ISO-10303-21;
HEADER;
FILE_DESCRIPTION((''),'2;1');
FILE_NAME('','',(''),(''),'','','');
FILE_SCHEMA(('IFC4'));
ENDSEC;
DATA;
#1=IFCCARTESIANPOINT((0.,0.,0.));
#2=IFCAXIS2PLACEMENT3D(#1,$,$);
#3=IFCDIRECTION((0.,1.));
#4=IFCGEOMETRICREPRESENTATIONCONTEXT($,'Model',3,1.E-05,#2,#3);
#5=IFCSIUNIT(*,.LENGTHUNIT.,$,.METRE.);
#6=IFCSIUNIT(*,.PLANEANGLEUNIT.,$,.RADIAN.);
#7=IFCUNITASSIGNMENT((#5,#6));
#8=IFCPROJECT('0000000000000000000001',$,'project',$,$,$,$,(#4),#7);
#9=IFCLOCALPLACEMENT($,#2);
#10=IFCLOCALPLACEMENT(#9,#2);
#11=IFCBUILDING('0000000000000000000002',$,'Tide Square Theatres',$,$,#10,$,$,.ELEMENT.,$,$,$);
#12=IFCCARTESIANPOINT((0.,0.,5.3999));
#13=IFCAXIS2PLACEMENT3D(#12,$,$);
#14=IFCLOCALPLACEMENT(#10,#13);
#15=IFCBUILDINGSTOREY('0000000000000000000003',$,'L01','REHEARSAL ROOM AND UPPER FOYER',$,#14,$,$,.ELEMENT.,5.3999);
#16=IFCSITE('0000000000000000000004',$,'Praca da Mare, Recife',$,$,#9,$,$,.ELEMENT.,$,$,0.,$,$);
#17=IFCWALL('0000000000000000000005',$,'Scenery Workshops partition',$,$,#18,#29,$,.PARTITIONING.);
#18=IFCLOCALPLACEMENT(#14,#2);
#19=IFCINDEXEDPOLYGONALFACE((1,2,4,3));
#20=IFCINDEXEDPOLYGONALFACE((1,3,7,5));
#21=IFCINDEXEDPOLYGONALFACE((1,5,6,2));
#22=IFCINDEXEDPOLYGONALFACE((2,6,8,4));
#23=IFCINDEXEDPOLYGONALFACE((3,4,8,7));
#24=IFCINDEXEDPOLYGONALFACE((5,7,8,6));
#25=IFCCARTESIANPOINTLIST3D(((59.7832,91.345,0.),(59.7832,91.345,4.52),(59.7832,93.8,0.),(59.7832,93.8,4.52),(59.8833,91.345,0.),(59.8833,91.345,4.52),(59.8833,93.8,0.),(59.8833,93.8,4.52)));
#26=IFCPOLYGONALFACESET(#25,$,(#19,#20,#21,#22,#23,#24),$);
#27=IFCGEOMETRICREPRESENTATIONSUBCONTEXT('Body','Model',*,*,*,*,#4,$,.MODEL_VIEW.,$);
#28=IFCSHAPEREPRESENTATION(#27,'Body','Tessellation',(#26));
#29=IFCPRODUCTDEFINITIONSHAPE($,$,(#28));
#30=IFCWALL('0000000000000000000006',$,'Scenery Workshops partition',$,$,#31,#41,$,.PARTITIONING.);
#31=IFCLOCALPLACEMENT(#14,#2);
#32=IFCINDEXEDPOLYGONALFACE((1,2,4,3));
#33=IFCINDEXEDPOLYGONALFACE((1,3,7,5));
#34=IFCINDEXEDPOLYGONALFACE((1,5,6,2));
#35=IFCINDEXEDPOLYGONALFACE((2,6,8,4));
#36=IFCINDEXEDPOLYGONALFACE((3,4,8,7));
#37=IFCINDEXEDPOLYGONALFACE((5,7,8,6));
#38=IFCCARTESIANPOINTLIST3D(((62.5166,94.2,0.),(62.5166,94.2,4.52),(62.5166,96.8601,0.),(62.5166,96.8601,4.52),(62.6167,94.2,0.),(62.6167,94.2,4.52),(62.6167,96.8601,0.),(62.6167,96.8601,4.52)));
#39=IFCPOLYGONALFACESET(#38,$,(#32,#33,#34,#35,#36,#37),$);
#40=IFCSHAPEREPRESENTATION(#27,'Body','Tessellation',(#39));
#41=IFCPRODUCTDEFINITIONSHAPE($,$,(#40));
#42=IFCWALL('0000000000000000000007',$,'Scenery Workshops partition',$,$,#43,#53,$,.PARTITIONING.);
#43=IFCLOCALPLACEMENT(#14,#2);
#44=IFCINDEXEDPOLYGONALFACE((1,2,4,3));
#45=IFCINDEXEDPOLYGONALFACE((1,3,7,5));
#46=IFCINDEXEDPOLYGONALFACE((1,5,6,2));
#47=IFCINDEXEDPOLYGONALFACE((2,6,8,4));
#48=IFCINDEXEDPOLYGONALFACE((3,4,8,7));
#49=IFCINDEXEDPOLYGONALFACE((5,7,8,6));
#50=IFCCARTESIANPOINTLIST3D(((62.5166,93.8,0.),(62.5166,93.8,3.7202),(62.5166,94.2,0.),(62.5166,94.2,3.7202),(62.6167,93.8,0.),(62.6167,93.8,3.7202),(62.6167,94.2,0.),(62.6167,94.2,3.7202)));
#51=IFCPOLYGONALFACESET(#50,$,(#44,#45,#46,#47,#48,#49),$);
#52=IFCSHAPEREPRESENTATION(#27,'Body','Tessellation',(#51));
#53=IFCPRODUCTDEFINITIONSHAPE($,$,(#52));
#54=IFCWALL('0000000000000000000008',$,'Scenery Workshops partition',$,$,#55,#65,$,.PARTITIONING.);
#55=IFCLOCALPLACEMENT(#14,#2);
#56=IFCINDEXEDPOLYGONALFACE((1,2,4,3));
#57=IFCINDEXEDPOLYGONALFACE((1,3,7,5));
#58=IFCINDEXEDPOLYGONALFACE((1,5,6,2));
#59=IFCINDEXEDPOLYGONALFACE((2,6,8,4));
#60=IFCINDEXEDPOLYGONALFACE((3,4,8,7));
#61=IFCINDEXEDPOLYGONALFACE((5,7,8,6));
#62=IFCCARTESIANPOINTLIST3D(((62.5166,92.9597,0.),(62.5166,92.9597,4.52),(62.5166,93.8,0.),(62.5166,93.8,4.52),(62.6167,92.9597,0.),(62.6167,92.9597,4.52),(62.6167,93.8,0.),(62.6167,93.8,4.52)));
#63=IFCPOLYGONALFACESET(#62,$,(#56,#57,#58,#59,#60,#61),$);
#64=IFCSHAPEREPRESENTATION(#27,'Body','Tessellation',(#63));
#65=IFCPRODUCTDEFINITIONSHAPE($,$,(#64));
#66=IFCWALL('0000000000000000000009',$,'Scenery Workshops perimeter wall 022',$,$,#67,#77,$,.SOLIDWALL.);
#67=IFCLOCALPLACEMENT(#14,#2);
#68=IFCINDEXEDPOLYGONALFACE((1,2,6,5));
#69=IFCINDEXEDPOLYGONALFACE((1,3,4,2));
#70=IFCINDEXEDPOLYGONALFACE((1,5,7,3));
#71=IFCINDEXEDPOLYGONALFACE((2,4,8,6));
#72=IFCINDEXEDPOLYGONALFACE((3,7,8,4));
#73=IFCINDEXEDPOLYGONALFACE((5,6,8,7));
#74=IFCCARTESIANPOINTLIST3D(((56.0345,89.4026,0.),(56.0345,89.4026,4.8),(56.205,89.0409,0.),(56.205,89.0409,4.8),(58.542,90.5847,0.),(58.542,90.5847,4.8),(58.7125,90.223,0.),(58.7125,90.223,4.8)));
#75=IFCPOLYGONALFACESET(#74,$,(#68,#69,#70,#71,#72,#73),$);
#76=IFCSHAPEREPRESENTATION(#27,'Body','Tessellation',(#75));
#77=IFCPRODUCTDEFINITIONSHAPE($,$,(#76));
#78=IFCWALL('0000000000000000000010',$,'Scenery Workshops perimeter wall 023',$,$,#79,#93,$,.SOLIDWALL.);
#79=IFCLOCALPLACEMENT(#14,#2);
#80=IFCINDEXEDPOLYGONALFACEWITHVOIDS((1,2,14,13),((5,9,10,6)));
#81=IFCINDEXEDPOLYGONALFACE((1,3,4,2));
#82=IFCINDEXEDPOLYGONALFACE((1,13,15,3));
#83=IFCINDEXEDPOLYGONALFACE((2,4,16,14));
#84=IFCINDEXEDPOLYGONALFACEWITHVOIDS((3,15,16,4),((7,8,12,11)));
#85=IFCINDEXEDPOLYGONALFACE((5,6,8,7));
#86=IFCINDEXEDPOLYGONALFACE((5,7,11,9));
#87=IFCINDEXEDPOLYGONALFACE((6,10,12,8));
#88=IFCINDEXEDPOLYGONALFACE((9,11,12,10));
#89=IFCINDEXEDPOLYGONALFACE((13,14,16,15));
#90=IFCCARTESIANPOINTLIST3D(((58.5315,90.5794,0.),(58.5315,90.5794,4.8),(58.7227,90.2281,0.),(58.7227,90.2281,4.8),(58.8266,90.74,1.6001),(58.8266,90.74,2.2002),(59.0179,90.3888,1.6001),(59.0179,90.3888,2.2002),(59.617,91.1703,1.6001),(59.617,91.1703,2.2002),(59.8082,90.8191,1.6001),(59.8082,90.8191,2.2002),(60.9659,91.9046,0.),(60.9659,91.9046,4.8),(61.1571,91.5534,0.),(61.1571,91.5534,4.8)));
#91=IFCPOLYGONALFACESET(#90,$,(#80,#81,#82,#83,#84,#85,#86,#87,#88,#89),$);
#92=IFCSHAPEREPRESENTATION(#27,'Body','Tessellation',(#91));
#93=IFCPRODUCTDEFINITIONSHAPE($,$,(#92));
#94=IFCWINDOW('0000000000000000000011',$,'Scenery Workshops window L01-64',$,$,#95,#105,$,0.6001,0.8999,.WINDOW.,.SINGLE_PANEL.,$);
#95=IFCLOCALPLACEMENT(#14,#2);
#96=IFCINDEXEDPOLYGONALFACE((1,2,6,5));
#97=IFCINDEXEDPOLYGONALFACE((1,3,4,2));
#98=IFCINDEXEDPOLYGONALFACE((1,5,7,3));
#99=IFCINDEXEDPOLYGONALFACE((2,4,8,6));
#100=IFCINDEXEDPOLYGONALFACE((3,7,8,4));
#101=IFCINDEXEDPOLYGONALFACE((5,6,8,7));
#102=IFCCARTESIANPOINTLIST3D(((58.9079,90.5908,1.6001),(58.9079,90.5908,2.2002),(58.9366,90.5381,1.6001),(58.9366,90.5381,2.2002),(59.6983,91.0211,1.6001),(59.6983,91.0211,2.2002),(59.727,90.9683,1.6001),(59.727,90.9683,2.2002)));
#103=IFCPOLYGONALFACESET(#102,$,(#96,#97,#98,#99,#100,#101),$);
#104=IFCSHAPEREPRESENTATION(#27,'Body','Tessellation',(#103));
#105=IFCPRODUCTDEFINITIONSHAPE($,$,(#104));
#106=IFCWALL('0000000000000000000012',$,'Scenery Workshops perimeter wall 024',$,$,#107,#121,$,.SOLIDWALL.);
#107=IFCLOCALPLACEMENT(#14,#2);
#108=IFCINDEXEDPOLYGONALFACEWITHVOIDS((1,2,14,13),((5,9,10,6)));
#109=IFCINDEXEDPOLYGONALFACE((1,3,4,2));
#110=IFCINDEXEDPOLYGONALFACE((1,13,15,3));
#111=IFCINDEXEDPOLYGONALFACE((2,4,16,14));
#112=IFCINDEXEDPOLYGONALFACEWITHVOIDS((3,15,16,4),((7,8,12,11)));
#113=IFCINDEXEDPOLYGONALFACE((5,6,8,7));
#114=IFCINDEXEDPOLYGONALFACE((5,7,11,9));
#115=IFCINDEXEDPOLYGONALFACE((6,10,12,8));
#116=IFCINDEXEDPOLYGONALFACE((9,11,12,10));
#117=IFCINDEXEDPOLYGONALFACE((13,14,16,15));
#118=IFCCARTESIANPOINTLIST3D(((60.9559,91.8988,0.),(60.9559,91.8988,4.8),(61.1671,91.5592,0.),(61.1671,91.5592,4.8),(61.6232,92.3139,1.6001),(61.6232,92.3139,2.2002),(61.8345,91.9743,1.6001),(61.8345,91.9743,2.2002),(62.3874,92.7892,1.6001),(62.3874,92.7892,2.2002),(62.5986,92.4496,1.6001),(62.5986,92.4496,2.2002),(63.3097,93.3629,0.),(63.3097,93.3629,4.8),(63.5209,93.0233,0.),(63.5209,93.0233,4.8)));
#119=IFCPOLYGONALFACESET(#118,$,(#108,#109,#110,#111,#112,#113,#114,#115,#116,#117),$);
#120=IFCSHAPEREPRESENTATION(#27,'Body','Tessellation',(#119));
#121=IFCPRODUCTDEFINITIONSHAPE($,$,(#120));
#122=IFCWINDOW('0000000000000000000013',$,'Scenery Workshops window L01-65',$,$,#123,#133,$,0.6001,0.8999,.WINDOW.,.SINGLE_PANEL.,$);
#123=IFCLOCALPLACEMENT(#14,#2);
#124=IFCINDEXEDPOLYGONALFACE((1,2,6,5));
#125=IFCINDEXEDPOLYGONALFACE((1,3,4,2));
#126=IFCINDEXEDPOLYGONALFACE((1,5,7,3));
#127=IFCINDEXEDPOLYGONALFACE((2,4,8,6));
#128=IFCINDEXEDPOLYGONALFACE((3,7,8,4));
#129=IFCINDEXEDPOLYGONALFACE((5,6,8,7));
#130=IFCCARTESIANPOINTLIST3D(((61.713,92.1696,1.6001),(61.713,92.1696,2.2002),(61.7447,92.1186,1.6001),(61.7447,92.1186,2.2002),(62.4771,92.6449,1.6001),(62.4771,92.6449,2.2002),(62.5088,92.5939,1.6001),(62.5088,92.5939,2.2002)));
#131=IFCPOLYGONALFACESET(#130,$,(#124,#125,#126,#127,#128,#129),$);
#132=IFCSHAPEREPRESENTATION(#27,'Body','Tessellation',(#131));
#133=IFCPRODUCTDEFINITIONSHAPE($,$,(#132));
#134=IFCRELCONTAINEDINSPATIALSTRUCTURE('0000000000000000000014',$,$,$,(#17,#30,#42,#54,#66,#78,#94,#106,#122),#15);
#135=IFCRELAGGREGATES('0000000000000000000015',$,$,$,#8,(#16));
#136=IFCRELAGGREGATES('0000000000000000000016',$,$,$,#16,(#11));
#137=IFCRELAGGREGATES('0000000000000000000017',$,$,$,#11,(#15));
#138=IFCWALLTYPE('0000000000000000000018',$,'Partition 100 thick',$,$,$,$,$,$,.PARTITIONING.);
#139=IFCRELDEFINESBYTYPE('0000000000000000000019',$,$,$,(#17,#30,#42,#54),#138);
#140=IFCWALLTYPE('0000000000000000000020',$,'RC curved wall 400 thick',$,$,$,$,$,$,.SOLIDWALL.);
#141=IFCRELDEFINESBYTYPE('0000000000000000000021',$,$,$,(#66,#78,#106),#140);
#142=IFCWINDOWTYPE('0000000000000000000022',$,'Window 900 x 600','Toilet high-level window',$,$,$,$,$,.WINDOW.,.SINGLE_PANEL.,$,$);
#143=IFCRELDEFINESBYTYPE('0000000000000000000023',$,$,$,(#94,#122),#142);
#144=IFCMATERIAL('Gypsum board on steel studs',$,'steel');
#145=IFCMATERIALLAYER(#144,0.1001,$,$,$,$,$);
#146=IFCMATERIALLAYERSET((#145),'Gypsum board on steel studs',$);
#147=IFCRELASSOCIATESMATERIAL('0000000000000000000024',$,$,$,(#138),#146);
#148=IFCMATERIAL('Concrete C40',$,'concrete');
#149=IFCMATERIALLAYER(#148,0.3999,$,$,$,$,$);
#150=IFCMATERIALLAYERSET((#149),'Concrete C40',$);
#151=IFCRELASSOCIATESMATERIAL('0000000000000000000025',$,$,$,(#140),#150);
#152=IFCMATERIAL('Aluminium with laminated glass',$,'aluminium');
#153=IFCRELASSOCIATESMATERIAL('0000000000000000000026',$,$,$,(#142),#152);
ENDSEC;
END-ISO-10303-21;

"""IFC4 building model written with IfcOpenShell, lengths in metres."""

from ifc_helpers import new_model, si_unit, direction, frame, frame_2d, origin, place, context, subcontext, project, spatial, rectangle, extrude, material, layer, layer_set, type_object, element, fill, save


model = new_model("IFC4")

# Units and contexts
model_context = context("Model", 3, precision=1e-05, world=origin(), true_north=direction((0.0, 1.0)))
body_context = subcontext(model_context, "Body", "Model", "MODEL_VIEW")
ifc_project = project(units=[si_unit("LENGTHUNIT", "METRE"), si_unit("PLANEANGLEUNIT", "RADIAN")], contexts=[model_context])

# Site, building, storey
site_placement = place(None, origin())
site = spatial("IfcSite", under=ifc_project, at=site_placement, Name="Praca da Mare, Recife", CompositionType="ELEMENT", RefElevation=0.0)
building_placement = place(site_placement, origin())
building = spatial("IfcBuilding", under=site, at=building_placement, Name="Tide Square Theatres", CompositionType="ELEMENT")
storey_placement = place(building_placement, frame((0.0, 0.0, 5.3999)))
storey = spatial("IfcBuildingStorey", under=building, at=storey_placement, Name="L01", Description="REHEARSAL ROOM AND UPPER FOYER", CompositionType="ELEMENT", Elevation=5.3999)

# Shared definitions
ifc_material_1 = material(Name="Gypsum board on steel studs", Category="steel")
ifc_layer_1 = layer(ifc_material_1, 0.1001)
ifc_layer_set_1 = layer_set([ifc_layer_1], Name="Gypsum board on steel studs")
wall_type_1 = type_object("IfcWallType", Name="Partition 100 thick", PredefinedType="PARTITIONING", material=ifc_layer_set_1)

# Walls
wall_1_placement = place(storey_placement, frame((59.8333, 93.8, 0.0), z_axis=(0.0, 0.0, 1.0), x_axis=(0.0, -1.0, 0.0)))
element("IfcWall", 1, at=wall_1_placement, inside=storey, type_object=wall_type_1, Name="Scenery Workshops partition", PredefinedType="PARTITIONING", context=body_context, shape_type="SweptSolid", body=[
    extrude(rectangle(XDim=2.4551, YDim=0.1001, at=frame_2d((1.2275, 0.0))), origin(), (0.0, 0.0, 1.0), 4.52),
])
wall_2_placement = place(storey_placement, frame((62.5667, 96.8601, 0.0), z_axis=(0.0, 0.0, 1.0), x_axis=(0.0, -1.0, 0.0)))
element("IfcWall", 2, at=wall_2_placement, inside=storey, type_object=wall_type_1, Name="Scenery Workshops partition", PredefinedType="PARTITIONING", context=body_context, shape_type="SweptSolid", body=[
    extrude(rectangle(XDim=2.6602, YDim=0.1001, at=frame_2d((1.3301, 0.0))), origin(), (0.0, 0.0, 1.0), 4.52),
])
wall_3_placement = place(storey_placement, frame((62.5667, 94.2, 0.0), z_axis=(0.0, 0.0, 1.0), x_axis=(0.0, -1.0, 0.0)))
element("IfcWall", 3, at=wall_3_placement, inside=storey, type_object=wall_type_1, Name="Scenery Workshops partition", PredefinedType="PARTITIONING", context=body_context, shape_type="SweptSolid", body=[
    extrude(rectangle(XDim=0.3999, YDim=0.1001, at=frame_2d((0.2, 0.0))), origin(), (0.0, 0.0, 1.0), 3.7202),
])
wall_4_placement = place(storey_placement, frame((62.5667, 93.8, 0.0), z_axis=(0.0, 0.0, 1.0), x_axis=(0.0, -1.0, 0.0)))
element("IfcWall", 4, at=wall_4_placement, inside=storey, type_object=wall_type_1, Name="Scenery Workshops partition", PredefinedType="PARTITIONING", context=body_context, shape_type="SweptSolid", body=[
    extrude(rectangle(XDim=0.8403, YDim=0.1001, at=frame_2d((0.4202, 0.0))), origin(), (0.0, 0.0, 1.0), 4.52),
])
ifc_material_2 = material(Name="Concrete C40", Category="concrete")
ifc_layer_2 = layer(ifc_material_2, 0.3999)
ifc_layer_set_2 = layer_set([ifc_layer_2], Name="Concrete C40")
wall_type_2 = type_object("IfcWallType", Name="RC curved wall 400 thick", PredefinedType="SOLIDWALL", material=ifc_layer_set_2)
wall_5_placement = place(storey_placement, frame((56.1196, 89.2217, 0.0), z_axis=(0.0, 0.0, 1.0), x_axis=(0.904527, 0.426416, 0.0)))
element("IfcWall", 5, at=wall_5_placement, inside=storey, type_object=wall_type_2, Name="Scenery Workshops perimeter wall 022", PredefinedType="SOLIDWALL", context=body_context, shape_type="SweptSolid", body=[
    extrude(rectangle(XDim=2.7722, YDim=0.3999, at=frame_2d((1.3862, 0.0))), origin(), (0.0, 0.0, 1.0), 4.8),
])

# Walls, openings, windows
wall_6_placement = place(storey_placement, frame((58.6272, 90.4038, 0.0), z_axis=(0.0, 0.0, 1.0), x_axis=(0.878292, 0.478124, 0.0)))
wall_6 = element("IfcWall", 6, at=wall_6_placement, inside=storey, type_object=wall_type_2, Name="Scenery Workshops perimeter wall 023", PredefinedType="SOLIDWALL", context=body_context, shape_type="SweptSolid", body=[
    extrude(rectangle(XDim=2.7717, YDim=0.3999, at=frame_2d((1.3857, 0.0))), origin(), (0.0, 0.0, 1.0), 4.8),
])
opening_1_placement = place(wall_6_placement, frame((0.3359, 0.0, 1.6001)))
opening_1 = element("IfcOpeningElement", 7, at=opening_1_placement, cuts=wall_6, PredefinedType="OPENING", context=body_context, shape_type="SweptSolid", body=[
    extrude(rectangle(XDim=0.8999, YDim=0.6001, at=frame_2d((0.45, 0.3))), frame((0.0, 0.21, 0.0), z_axis=(0.0, -1.0, 0.0), x_axis=(1.0, 0.0, 0.0)), (0.0, 0.0, 1.0), 0.4199),
])
ifc_material_3 = material(Name="Aluminium with laminated glass", Category="aluminium")
window_type = type_object("IfcWindowType", Name="Window 900 x 600", Description="Toilet high-level window", PartitioningType="SINGLE_PANEL", PredefinedType="WINDOW", material=ifc_material_3)
window_1_placement = place(opening_1_placement, origin())
window_1 = element("IfcWindow", 8, at=window_1_placement, inside=storey, type_object=window_type, Name="Scenery Workshops window L01-64", OverallHeight=0.6001, OverallWidth=0.8999, PartitioningType="SINGLE_PANEL", PredefinedType="WINDOW", context=body_context, shape_type="SweptSolid", body=[
    extrude(rectangle(XDim=0.8999, YDim=0.6001, at=frame_2d((0.45, 0.3))), frame((0.0, 0.03, 0.0), z_axis=(0.0, -1.0, 0.0), x_axis=(1.0, 0.0, 0.0)), (0.0, 0.0, 1.0), 0.0601),
])
fill(opening_1, window_1)
wall_7_placement = place(storey_placement, frame((61.0615, 91.729, 0.0), z_axis=(0.0, 0.0, 1.0), x_axis=(0.849129, 0.528185, 0.0)))
wall_7 = element("IfcWall", 9, at=wall_7_placement, inside=storey, type_object=wall_type_2, Name="Scenery Workshops perimeter wall 024", PredefinedType="SOLIDWALL", context=body_context, shape_type="SweptSolid", body=[
    extrude(rectangle(XDim=2.772, YDim=0.3999, at=frame_2d((1.386, 0.0))), origin(), (0.0, 0.0, 1.0), 4.8),
])
opening_2_placement = place(wall_7_placement, frame((0.7859, 0.0, 1.6001)))
opening_2 = element("IfcOpeningElement", 10, at=opening_2_placement, cuts=wall_7, PredefinedType="OPENING", context=body_context, shape_type="SweptSolid", body=[
    extrude(rectangle(XDim=0.8999, YDim=0.6001, at=frame_2d((0.45, 0.3))), frame((0.0, 0.21, 0.0), z_axis=(0.0, -1.0, 0.0), x_axis=(1.0, 0.0, 0.0)), (0.0, 0.0, 1.0), 0.4199),
])
window_2_placement = place(opening_2_placement, origin())
window_2 = element("IfcWindow", 11, at=window_2_placement, inside=storey, type_object=window_type, Name="Scenery Workshops window L01-65", OverallHeight=0.6001, OverallWidth=0.8999, PartitioningType="SINGLE_PANEL", PredefinedType="WINDOW", context=body_context, shape_type="SweptSolid", body=[
    extrude(rectangle(XDim=0.8999, YDim=0.6001, at=frame_2d((0.45, 0.3))), frame((0.0, 0.03, 0.0), z_axis=(0.0, -1.0, 0.0), x_axis=(1.0, 0.0, 0.0)), (0.0, 0.0, 1.0), 0.0601),
])
fill(opening_2, window_2)

save(model, "model.ifc")
